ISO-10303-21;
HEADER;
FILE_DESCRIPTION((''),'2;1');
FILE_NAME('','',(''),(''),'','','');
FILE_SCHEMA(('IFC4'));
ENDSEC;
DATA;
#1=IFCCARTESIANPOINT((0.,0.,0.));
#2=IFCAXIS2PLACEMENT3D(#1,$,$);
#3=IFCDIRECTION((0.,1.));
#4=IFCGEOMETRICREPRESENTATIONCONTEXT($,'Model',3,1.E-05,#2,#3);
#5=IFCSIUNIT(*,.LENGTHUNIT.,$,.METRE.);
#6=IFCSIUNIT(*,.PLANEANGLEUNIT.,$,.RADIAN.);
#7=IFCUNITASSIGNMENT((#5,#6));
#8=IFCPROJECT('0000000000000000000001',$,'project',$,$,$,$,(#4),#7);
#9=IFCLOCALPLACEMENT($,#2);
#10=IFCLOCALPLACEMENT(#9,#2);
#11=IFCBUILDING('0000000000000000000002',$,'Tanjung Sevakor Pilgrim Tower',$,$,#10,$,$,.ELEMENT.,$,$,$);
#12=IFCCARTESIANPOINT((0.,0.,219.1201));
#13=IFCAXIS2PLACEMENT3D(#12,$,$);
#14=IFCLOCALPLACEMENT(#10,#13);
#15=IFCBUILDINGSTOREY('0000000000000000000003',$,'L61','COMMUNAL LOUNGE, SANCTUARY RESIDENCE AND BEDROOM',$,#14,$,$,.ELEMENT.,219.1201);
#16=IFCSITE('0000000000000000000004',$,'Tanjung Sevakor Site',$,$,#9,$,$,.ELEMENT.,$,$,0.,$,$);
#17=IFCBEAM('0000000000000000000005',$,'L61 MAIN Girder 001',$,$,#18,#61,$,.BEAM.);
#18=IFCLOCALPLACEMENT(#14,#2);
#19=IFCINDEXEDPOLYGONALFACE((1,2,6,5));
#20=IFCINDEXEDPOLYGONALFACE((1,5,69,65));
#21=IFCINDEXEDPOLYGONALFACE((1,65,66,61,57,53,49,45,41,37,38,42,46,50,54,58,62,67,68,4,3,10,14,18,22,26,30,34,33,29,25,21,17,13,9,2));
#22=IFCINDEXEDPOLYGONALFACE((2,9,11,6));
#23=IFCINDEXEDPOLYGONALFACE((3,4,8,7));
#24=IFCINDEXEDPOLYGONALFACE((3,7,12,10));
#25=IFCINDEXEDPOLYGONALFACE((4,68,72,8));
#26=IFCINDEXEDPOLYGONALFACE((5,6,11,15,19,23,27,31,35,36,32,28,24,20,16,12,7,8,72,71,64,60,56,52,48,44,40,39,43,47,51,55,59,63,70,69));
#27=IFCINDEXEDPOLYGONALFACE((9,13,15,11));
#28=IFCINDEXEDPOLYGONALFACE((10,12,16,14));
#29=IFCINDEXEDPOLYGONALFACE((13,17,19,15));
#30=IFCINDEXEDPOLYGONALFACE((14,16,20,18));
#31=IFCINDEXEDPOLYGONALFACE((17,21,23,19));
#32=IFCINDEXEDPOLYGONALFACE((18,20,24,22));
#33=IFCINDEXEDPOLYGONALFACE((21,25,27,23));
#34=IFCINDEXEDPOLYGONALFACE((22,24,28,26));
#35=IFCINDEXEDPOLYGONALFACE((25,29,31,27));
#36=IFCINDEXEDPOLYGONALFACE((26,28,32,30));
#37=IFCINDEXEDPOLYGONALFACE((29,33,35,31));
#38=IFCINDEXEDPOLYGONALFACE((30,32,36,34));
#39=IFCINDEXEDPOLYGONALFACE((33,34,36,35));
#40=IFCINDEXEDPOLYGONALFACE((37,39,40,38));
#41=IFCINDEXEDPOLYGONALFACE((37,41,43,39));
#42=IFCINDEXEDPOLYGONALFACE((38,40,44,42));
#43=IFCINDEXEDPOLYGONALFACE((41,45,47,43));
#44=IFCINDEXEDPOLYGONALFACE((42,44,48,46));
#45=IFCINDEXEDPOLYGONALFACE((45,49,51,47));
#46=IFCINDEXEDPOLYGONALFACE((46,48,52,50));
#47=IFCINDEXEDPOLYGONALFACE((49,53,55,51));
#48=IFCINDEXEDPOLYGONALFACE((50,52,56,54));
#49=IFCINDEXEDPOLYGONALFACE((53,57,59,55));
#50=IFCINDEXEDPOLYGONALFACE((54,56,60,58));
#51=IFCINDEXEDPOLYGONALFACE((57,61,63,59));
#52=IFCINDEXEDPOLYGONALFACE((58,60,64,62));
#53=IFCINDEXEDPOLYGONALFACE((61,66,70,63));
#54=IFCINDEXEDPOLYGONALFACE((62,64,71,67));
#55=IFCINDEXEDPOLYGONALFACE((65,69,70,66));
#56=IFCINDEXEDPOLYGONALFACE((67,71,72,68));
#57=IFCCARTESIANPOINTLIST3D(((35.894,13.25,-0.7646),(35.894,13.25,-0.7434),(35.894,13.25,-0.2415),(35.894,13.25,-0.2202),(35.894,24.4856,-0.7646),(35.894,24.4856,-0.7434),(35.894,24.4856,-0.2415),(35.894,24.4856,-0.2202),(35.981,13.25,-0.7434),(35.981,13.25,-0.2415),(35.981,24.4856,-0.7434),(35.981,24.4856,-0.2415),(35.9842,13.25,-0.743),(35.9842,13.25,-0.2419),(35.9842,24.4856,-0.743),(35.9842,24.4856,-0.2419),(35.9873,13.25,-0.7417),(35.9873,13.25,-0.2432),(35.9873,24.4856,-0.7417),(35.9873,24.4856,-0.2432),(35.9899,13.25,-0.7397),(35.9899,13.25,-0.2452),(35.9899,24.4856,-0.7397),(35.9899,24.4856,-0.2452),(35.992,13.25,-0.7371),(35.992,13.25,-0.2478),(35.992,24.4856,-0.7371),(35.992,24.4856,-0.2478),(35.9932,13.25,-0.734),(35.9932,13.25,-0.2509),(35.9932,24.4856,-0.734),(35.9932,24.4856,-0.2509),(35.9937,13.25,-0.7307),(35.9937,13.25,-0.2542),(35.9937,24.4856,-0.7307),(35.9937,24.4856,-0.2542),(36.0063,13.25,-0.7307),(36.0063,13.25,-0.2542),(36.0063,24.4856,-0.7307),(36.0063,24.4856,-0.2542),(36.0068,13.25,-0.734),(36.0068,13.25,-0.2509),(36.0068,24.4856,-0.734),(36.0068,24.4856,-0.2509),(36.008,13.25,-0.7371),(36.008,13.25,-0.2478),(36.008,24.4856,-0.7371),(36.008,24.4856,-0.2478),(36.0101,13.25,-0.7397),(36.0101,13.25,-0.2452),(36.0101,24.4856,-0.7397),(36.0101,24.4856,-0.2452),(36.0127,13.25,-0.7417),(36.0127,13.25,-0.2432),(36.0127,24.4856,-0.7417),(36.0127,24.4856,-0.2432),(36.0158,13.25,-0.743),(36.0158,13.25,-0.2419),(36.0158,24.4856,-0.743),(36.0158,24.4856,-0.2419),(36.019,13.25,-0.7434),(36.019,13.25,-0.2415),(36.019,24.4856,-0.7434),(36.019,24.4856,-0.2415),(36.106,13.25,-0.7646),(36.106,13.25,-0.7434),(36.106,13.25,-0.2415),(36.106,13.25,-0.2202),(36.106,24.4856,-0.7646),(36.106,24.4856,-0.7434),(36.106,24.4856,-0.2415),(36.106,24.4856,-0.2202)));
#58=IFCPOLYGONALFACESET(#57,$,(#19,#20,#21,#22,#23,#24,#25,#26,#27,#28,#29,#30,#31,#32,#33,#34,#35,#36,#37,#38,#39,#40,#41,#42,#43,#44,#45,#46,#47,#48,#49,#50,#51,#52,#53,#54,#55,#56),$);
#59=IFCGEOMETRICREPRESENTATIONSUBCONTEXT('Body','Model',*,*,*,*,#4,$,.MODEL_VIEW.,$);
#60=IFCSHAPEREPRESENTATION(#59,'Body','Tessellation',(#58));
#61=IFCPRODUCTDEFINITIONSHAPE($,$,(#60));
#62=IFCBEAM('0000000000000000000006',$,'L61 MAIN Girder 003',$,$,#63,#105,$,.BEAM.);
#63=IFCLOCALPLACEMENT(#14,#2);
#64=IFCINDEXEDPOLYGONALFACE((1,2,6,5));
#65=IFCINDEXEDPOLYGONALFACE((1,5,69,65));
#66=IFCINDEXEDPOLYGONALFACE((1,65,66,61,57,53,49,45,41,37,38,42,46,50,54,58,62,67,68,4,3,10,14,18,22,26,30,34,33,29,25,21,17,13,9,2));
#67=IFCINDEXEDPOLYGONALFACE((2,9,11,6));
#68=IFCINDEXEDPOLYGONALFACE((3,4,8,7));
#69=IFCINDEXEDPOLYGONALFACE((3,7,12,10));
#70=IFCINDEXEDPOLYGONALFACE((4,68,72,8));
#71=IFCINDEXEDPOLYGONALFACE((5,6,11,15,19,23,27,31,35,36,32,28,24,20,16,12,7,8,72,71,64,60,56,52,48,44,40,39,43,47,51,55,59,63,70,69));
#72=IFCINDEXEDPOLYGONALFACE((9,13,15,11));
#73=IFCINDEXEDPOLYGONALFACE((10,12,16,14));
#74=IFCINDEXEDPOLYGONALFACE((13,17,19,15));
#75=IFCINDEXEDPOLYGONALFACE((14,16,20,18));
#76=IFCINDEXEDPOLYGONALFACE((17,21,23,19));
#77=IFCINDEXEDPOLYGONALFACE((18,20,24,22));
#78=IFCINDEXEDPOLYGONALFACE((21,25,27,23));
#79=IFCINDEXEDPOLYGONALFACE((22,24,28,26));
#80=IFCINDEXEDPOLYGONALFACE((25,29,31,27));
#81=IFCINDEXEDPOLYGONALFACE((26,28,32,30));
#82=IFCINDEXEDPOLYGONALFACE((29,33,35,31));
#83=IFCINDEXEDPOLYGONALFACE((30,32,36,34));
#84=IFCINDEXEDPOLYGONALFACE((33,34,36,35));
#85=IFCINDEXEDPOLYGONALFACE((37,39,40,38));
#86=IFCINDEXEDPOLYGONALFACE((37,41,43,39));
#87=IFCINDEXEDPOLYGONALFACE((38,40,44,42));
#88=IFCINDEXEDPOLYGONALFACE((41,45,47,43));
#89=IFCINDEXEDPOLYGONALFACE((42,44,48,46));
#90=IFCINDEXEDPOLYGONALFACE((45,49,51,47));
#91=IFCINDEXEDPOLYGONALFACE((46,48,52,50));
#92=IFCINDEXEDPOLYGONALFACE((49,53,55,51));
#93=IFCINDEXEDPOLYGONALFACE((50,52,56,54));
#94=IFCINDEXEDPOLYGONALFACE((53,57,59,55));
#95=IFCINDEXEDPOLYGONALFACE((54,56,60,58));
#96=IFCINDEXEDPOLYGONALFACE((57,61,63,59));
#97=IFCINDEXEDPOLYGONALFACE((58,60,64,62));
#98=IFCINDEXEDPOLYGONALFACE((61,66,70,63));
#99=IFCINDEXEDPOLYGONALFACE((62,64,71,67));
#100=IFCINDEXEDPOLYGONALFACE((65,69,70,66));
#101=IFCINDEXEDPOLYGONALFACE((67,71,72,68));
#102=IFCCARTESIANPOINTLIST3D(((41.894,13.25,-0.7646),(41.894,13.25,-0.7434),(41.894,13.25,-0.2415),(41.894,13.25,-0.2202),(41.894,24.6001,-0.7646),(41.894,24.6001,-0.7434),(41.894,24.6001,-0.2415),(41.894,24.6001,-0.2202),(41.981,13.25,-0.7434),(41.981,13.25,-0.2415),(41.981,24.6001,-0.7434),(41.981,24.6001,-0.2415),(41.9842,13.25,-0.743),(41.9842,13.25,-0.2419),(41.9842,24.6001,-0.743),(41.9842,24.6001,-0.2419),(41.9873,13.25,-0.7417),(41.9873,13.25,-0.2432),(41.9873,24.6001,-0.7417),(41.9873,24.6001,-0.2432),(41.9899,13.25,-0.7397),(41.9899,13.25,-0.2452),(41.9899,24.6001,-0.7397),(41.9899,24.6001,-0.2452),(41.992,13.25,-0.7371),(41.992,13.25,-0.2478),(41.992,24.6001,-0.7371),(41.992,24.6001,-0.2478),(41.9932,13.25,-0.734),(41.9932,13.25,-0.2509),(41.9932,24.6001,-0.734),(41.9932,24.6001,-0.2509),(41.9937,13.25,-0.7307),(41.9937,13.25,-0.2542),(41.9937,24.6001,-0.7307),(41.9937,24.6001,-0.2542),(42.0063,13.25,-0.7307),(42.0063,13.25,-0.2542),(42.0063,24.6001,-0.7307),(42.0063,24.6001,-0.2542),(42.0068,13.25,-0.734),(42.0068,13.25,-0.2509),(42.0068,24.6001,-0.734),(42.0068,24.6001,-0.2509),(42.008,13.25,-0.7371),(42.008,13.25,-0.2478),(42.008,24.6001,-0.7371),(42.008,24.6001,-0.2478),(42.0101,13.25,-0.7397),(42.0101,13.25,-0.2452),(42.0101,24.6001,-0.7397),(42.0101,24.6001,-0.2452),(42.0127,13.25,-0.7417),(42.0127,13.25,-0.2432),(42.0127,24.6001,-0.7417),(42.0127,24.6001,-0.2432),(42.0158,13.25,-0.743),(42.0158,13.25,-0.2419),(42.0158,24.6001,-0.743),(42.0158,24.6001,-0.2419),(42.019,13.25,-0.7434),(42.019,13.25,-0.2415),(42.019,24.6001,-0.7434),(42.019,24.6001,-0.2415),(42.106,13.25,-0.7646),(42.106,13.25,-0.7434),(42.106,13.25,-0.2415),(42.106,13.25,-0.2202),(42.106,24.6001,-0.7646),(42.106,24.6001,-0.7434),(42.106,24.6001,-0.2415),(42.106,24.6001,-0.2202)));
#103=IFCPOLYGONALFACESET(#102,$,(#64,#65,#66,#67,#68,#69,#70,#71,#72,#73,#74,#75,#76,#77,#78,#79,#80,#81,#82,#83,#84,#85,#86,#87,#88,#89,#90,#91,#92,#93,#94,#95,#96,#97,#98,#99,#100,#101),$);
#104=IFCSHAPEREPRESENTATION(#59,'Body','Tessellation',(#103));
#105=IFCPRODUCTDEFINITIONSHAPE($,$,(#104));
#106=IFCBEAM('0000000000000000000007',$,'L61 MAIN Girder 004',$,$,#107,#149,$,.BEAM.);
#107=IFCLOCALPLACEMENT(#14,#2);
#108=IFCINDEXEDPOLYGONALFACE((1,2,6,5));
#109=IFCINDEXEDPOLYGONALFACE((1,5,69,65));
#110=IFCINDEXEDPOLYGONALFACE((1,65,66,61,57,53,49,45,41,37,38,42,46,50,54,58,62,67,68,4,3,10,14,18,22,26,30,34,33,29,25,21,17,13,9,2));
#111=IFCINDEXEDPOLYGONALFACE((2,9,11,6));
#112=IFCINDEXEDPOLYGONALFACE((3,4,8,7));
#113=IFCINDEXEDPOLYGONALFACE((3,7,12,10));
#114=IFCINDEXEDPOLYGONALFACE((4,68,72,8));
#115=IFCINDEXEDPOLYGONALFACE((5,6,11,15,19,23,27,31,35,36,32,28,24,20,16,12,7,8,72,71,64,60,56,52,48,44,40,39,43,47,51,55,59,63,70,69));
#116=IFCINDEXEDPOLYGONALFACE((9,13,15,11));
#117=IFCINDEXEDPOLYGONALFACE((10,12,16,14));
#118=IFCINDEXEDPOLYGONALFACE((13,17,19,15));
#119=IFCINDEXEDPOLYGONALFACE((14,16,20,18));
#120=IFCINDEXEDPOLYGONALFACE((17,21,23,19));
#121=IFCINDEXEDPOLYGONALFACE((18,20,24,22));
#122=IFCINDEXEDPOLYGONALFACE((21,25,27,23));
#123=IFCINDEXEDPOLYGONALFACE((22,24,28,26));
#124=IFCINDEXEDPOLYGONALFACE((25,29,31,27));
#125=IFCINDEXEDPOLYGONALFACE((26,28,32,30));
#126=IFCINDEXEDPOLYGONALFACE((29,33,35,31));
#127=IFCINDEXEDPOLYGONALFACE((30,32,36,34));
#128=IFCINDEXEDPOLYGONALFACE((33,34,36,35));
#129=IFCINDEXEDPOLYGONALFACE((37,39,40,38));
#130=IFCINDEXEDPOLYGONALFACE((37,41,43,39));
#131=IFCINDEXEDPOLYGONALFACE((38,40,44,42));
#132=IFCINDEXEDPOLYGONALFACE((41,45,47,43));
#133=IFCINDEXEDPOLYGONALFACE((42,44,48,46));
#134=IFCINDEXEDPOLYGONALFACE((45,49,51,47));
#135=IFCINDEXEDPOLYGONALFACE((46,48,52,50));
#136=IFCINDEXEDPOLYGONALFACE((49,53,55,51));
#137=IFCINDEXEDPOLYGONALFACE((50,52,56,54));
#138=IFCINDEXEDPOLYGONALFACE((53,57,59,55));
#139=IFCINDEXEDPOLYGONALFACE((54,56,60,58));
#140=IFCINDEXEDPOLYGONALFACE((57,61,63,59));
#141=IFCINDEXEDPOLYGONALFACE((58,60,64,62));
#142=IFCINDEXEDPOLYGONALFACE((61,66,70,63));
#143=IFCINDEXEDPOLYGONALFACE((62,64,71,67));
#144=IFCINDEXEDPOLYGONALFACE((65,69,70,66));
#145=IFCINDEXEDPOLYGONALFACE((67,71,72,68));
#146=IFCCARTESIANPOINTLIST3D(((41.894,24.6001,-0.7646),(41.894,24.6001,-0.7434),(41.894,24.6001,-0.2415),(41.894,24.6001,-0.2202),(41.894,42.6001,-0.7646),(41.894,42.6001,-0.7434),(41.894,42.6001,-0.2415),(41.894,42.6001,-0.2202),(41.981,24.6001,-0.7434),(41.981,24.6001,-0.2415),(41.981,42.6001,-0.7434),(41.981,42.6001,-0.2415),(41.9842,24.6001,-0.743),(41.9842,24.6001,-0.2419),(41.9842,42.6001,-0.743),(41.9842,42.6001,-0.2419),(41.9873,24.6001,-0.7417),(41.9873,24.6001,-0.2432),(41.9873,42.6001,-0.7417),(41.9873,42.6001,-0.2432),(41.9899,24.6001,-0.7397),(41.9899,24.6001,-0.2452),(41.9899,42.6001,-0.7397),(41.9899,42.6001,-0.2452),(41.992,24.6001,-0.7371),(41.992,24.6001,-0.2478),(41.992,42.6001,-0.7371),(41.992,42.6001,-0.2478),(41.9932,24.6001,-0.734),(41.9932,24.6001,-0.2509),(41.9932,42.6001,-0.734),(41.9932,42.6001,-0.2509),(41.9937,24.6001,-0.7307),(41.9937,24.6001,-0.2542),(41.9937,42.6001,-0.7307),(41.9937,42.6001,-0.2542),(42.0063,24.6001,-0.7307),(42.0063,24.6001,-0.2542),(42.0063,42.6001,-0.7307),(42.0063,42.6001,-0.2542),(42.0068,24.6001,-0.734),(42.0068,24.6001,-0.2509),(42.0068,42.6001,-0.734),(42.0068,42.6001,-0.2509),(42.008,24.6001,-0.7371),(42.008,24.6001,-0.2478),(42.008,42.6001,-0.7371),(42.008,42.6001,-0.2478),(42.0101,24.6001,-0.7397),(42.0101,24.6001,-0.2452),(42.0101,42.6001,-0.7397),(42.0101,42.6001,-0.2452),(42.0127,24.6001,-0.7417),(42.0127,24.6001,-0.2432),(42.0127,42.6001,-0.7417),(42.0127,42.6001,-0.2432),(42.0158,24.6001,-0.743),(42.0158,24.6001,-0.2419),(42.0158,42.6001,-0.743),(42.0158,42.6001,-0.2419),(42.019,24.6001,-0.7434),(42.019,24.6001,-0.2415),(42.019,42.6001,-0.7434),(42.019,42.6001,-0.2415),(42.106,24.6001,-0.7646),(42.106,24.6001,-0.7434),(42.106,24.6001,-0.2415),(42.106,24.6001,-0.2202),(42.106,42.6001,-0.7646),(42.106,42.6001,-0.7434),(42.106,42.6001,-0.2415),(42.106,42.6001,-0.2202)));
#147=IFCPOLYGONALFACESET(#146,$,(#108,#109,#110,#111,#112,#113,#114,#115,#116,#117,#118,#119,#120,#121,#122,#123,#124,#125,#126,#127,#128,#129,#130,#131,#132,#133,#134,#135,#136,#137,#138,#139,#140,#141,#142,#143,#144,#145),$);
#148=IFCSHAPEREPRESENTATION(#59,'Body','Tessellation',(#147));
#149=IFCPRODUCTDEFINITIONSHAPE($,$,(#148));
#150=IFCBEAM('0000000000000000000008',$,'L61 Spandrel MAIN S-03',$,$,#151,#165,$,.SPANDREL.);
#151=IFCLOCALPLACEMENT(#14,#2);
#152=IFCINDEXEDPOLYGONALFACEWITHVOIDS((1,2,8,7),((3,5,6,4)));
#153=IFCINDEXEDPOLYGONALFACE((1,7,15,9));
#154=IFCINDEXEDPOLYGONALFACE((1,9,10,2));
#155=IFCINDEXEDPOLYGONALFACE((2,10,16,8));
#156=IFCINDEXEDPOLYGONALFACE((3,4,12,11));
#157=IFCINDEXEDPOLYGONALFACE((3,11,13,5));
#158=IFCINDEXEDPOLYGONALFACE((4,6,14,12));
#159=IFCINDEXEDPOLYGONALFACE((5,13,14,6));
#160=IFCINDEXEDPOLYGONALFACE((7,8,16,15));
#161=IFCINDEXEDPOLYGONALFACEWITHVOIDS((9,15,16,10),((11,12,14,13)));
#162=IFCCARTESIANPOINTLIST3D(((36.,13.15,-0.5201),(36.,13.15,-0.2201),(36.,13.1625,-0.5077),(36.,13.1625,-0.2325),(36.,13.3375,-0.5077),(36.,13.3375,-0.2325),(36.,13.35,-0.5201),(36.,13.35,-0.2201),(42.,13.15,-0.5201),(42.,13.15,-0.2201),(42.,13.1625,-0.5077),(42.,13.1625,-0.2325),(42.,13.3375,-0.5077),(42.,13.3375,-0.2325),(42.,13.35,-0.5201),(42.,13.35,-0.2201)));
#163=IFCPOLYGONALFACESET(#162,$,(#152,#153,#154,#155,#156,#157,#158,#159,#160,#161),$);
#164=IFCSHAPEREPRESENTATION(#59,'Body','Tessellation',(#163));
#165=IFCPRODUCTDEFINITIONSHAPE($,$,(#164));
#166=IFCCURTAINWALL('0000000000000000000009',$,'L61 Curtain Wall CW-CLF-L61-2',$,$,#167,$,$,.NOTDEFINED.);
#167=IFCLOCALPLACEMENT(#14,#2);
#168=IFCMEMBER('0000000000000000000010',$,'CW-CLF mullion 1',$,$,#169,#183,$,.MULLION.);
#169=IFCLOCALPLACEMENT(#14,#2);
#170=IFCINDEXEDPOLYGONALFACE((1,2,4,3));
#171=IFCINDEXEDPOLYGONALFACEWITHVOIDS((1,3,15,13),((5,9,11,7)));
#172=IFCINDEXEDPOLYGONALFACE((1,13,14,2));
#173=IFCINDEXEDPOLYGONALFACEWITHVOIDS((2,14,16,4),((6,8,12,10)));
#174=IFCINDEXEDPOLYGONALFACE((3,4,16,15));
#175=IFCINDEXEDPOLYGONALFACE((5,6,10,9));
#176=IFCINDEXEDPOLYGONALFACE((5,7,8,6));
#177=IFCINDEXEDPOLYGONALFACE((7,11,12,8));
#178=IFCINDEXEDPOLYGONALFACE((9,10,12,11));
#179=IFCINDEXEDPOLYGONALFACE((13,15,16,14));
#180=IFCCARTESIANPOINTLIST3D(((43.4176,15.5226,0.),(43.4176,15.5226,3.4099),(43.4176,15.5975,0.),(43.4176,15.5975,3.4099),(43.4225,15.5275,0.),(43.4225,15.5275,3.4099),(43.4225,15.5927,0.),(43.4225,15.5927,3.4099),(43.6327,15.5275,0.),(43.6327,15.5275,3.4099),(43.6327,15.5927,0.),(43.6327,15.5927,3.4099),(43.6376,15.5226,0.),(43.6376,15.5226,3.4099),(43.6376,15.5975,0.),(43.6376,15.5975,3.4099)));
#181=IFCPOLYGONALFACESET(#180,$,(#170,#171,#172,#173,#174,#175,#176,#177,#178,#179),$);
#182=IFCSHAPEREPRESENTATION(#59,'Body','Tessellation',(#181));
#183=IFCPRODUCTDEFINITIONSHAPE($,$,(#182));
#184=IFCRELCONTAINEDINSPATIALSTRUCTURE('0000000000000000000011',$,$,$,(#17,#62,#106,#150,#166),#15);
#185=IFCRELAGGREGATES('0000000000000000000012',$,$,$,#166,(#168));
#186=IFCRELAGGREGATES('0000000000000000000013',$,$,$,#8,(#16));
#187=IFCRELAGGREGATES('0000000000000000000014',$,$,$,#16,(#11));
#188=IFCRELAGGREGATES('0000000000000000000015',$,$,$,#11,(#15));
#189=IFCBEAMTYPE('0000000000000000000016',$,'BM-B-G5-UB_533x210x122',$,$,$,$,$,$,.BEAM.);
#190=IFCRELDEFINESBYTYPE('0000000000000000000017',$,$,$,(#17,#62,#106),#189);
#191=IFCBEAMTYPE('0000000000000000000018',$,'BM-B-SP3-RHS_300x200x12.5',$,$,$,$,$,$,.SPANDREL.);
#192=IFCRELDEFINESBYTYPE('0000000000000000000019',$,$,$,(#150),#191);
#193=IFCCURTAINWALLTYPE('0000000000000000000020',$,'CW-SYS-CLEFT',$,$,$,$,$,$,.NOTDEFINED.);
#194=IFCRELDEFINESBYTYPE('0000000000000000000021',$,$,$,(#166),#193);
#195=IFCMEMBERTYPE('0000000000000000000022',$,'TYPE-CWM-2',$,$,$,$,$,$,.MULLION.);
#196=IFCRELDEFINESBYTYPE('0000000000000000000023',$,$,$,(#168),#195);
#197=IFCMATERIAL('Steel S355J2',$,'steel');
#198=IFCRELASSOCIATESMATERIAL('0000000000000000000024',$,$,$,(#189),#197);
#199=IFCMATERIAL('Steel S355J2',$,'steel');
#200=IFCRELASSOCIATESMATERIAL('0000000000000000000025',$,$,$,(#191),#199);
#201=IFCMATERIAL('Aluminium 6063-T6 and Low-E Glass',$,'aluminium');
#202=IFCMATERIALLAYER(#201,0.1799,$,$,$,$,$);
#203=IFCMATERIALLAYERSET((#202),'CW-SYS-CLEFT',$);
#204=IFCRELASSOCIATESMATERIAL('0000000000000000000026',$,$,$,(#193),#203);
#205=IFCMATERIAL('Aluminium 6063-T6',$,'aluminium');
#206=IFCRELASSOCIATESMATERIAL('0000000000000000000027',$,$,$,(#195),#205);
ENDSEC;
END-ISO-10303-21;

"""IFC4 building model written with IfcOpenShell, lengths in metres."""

from ifc_helpers import new_model, si_unit, direction, frame, origin, origin_2d, place, context, subcontext, project, spatial, hollow_rectangle, i_section, extrude, material, layer, layer_set, material_profile, profile_set, type_object, element, aggregate, save


model = new_model("IFC4")

# Units and contexts
model_context = context("Model", 3, precision=1e-05, world=origin(), true_north=direction((0.0, 1.0)))
body_context = subcontext(model_context, "Body", "Model", "MODEL_VIEW")
ifc_project = project(units=[si_unit("LENGTHUNIT", "METRE"), si_unit("PLANEANGLEUNIT", "RADIAN")], contexts=[model_context])

# Site, building, storey
site_placement = place(None, origin())
site = spatial("IfcSite", under=ifc_project, at=site_placement, Name="Tanjung Sevakor Site", CompositionType="ELEMENT", RefElevation=0.0)
building_placement = place(site_placement, origin())
building = spatial("IfcBuilding", under=site, at=building_placement, Name="Tanjung Sevakor Pilgrim Tower", CompositionType="ELEMENT")
storey_placement = place(building_placement, frame((0.0, 0.0, 219.1201)))
storey = spatial("IfcBuildingStorey", under=building, at=storey_placement, Name="L61", Description="COMMUNAL LOUNGE, SANCTUARY RESIDENCE AND BEDROOM", CompositionType="ELEMENT", Elevation=219.1201)

# Beams
ifc_material_1 = material(Name="Steel S355J2", Category="steel")
ifc_material_profile_1 = material_profile(ifc_material_1, i_section(OverallWidth=0.2119, OverallDepth=0.5444, WebThickness=0.0127, FlangeThickness=0.0212, FilletRadius=0.0127, at=origin_2d()))
ifc_profile_set_1 = profile_set([ifc_material_profile_1], Name="Steel S355J2")
beam_type_1 = type_object("IfcBeamType", Name="BM-B-G5-UB_533x210x122", PredefinedType="BEAM", material=ifc_profile_set_1)
beam_1_placement = place(storey_placement, frame((36.0, 13.25, -0.4924), z_axis=(0.0, 1.0, 0.0), x_axis=(-1.0, 0.0, 0.0)))
element("IfcBeam", 1, at=beam_1_placement, inside=storey, type_object=beam_type_1, Name="L61 MAIN Girder 001", PredefinedType="BEAM", context=body_context, shape_type="SweptSolid", body=[
    extrude(i_section(OverallWidth=0.2119, OverallDepth=0.5444, WebThickness=0.0127, FlangeThickness=0.0212, FilletRadius=0.0127, at=origin_2d()), origin(), (0.0, 0.0, 1.0), 11.2356),
])
beam_2_placement = place(storey_placement, frame((42.0, 13.25, -0.4924), z_axis=(0.0, 1.0, 0.0), x_axis=(-1.0, 0.0, 0.0)))
element("IfcBeam", 2, at=beam_2_placement, inside=storey, type_object=beam_type_1, Name="L61 MAIN Girder 003", PredefinedType="BEAM", context=body_context, shape_type="SweptSolid", body=[
    extrude(i_section(OverallWidth=0.2119, OverallDepth=0.5444, WebThickness=0.0127, FlangeThickness=0.0212, FilletRadius=0.0127, at=origin_2d()), origin(), (0.0, 0.0, 1.0), 11.3501),
])
beam_3_placement = place(storey_placement, frame((42.0, 24.6001, -0.4924), z_axis=(0.0, 1.0, 0.0), x_axis=(-1.0, 0.0, 0.0)))
element("IfcBeam", 3, at=beam_3_placement, inside=storey, type_object=beam_type_1, Name="L61 MAIN Girder 004", PredefinedType="BEAM", context=body_context, shape_type="SweptSolid", body=[
    extrude(i_section(OverallWidth=0.2119, OverallDepth=0.5444, WebThickness=0.0127, FlangeThickness=0.0212, FilletRadius=0.0127, at=origin_2d()), origin(), (0.0, 0.0, 1.0), 18.0),
])
ifc_material_2 = material(Name="Steel S355J2", Category="steel")
ifc_material_profile_2 = material_profile(ifc_material_2, hollow_rectangle(XDim=0.2, YDim=0.3, WallThickness=0.0125, at=origin_2d()))
ifc_profile_set_2 = profile_set([ifc_material_profile_2], Name="Steel S355J2")
beam_type_2 = type_object("IfcBeamType", Name="BM-B-SP3-RHS_300x200x12.5", PredefinedType="SPANDREL", material=ifc_profile_set_2)
beam_4_placement = place(storey_placement, frame((36.0, 13.25, -0.3701), z_axis=(1.0, 0.0, 0.0), x_axis=(0.0, 1.0, 0.0)))
element("IfcBeam", 4, at=beam_4_placement, inside=storey, type_object=beam_type_2, Name="L61 Spandrel MAIN S-03", PredefinedType="SPANDREL", context=body_context, shape_type="SweptSolid", body=[
    extrude(hollow_rectangle(XDim=0.2, YDim=0.3, WallThickness=0.0125, at=origin_2d()), origin(), (0.0, 0.0, 1.0), 6.0),
])

# Curtain wall, member
ifc_material_3 = material(Name="Aluminium 6063-T6 and Low-E Glass", Category="aluminium")
ifc_layer_1 = layer(ifc_material_3, 0.1799)
ifc_layer_set_1 = layer_set([ifc_layer_1], Name="CW-SYS-CLEFT")
curtain_wall_type = type_object("IfcCurtainWallType", Name="CW-SYS-CLEFT", PredefinedType="NOTDEFINED", material=ifc_layer_set_1)
curtain_wall_placement = place(storey_placement, origin())
curtain_wall = element("IfcCurtainWall", 5, at=curtain_wall_placement, inside=storey, type_object=curtain_wall_type, Name="L61 Curtain Wall CW-CLF-L61-2", PredefinedType="NOTDEFINED")
ifc_material_4 = material(Name="Aluminium 6063-T6", Category="aluminium")
ifc_material_profile_3 = material_profile(ifc_material_4, hollow_rectangle(XDim=0.075, YDim=0.22, WallThickness=0.0049, at=origin_2d()))
ifc_profile_set_3 = profile_set([ifc_material_profile_3], Name="Aluminium 6063-T6")
member_type_1 = type_object("IfcMemberType", Name="TYPE-CWM-2", PredefinedType="MULLION", material=ifc_profile_set_3)
member_1_placement = place(storey_placement, frame((43.5276, 15.5601, 0.0), z_axis=(0.0, 0.0, 1.0), x_axis=(0.0, 1.0, 0.0)))
member_1 = element("IfcMember", 6, at=member_1_placement, type_object=member_type_1, Name="CW-CLF mullion 1", PredefinedType="MULLION", context=body_context, shape_type="SweptSolid", body=[
    extrude(hollow_rectangle(XDim=0.075, YDim=0.22, WallThickness=0.0049, at=origin_2d()), origin(), (0.0, 0.0, 1.0), 3.4099),
])
aggregate(curtain_wall, [member_1])

save(model, "model.ifc")
